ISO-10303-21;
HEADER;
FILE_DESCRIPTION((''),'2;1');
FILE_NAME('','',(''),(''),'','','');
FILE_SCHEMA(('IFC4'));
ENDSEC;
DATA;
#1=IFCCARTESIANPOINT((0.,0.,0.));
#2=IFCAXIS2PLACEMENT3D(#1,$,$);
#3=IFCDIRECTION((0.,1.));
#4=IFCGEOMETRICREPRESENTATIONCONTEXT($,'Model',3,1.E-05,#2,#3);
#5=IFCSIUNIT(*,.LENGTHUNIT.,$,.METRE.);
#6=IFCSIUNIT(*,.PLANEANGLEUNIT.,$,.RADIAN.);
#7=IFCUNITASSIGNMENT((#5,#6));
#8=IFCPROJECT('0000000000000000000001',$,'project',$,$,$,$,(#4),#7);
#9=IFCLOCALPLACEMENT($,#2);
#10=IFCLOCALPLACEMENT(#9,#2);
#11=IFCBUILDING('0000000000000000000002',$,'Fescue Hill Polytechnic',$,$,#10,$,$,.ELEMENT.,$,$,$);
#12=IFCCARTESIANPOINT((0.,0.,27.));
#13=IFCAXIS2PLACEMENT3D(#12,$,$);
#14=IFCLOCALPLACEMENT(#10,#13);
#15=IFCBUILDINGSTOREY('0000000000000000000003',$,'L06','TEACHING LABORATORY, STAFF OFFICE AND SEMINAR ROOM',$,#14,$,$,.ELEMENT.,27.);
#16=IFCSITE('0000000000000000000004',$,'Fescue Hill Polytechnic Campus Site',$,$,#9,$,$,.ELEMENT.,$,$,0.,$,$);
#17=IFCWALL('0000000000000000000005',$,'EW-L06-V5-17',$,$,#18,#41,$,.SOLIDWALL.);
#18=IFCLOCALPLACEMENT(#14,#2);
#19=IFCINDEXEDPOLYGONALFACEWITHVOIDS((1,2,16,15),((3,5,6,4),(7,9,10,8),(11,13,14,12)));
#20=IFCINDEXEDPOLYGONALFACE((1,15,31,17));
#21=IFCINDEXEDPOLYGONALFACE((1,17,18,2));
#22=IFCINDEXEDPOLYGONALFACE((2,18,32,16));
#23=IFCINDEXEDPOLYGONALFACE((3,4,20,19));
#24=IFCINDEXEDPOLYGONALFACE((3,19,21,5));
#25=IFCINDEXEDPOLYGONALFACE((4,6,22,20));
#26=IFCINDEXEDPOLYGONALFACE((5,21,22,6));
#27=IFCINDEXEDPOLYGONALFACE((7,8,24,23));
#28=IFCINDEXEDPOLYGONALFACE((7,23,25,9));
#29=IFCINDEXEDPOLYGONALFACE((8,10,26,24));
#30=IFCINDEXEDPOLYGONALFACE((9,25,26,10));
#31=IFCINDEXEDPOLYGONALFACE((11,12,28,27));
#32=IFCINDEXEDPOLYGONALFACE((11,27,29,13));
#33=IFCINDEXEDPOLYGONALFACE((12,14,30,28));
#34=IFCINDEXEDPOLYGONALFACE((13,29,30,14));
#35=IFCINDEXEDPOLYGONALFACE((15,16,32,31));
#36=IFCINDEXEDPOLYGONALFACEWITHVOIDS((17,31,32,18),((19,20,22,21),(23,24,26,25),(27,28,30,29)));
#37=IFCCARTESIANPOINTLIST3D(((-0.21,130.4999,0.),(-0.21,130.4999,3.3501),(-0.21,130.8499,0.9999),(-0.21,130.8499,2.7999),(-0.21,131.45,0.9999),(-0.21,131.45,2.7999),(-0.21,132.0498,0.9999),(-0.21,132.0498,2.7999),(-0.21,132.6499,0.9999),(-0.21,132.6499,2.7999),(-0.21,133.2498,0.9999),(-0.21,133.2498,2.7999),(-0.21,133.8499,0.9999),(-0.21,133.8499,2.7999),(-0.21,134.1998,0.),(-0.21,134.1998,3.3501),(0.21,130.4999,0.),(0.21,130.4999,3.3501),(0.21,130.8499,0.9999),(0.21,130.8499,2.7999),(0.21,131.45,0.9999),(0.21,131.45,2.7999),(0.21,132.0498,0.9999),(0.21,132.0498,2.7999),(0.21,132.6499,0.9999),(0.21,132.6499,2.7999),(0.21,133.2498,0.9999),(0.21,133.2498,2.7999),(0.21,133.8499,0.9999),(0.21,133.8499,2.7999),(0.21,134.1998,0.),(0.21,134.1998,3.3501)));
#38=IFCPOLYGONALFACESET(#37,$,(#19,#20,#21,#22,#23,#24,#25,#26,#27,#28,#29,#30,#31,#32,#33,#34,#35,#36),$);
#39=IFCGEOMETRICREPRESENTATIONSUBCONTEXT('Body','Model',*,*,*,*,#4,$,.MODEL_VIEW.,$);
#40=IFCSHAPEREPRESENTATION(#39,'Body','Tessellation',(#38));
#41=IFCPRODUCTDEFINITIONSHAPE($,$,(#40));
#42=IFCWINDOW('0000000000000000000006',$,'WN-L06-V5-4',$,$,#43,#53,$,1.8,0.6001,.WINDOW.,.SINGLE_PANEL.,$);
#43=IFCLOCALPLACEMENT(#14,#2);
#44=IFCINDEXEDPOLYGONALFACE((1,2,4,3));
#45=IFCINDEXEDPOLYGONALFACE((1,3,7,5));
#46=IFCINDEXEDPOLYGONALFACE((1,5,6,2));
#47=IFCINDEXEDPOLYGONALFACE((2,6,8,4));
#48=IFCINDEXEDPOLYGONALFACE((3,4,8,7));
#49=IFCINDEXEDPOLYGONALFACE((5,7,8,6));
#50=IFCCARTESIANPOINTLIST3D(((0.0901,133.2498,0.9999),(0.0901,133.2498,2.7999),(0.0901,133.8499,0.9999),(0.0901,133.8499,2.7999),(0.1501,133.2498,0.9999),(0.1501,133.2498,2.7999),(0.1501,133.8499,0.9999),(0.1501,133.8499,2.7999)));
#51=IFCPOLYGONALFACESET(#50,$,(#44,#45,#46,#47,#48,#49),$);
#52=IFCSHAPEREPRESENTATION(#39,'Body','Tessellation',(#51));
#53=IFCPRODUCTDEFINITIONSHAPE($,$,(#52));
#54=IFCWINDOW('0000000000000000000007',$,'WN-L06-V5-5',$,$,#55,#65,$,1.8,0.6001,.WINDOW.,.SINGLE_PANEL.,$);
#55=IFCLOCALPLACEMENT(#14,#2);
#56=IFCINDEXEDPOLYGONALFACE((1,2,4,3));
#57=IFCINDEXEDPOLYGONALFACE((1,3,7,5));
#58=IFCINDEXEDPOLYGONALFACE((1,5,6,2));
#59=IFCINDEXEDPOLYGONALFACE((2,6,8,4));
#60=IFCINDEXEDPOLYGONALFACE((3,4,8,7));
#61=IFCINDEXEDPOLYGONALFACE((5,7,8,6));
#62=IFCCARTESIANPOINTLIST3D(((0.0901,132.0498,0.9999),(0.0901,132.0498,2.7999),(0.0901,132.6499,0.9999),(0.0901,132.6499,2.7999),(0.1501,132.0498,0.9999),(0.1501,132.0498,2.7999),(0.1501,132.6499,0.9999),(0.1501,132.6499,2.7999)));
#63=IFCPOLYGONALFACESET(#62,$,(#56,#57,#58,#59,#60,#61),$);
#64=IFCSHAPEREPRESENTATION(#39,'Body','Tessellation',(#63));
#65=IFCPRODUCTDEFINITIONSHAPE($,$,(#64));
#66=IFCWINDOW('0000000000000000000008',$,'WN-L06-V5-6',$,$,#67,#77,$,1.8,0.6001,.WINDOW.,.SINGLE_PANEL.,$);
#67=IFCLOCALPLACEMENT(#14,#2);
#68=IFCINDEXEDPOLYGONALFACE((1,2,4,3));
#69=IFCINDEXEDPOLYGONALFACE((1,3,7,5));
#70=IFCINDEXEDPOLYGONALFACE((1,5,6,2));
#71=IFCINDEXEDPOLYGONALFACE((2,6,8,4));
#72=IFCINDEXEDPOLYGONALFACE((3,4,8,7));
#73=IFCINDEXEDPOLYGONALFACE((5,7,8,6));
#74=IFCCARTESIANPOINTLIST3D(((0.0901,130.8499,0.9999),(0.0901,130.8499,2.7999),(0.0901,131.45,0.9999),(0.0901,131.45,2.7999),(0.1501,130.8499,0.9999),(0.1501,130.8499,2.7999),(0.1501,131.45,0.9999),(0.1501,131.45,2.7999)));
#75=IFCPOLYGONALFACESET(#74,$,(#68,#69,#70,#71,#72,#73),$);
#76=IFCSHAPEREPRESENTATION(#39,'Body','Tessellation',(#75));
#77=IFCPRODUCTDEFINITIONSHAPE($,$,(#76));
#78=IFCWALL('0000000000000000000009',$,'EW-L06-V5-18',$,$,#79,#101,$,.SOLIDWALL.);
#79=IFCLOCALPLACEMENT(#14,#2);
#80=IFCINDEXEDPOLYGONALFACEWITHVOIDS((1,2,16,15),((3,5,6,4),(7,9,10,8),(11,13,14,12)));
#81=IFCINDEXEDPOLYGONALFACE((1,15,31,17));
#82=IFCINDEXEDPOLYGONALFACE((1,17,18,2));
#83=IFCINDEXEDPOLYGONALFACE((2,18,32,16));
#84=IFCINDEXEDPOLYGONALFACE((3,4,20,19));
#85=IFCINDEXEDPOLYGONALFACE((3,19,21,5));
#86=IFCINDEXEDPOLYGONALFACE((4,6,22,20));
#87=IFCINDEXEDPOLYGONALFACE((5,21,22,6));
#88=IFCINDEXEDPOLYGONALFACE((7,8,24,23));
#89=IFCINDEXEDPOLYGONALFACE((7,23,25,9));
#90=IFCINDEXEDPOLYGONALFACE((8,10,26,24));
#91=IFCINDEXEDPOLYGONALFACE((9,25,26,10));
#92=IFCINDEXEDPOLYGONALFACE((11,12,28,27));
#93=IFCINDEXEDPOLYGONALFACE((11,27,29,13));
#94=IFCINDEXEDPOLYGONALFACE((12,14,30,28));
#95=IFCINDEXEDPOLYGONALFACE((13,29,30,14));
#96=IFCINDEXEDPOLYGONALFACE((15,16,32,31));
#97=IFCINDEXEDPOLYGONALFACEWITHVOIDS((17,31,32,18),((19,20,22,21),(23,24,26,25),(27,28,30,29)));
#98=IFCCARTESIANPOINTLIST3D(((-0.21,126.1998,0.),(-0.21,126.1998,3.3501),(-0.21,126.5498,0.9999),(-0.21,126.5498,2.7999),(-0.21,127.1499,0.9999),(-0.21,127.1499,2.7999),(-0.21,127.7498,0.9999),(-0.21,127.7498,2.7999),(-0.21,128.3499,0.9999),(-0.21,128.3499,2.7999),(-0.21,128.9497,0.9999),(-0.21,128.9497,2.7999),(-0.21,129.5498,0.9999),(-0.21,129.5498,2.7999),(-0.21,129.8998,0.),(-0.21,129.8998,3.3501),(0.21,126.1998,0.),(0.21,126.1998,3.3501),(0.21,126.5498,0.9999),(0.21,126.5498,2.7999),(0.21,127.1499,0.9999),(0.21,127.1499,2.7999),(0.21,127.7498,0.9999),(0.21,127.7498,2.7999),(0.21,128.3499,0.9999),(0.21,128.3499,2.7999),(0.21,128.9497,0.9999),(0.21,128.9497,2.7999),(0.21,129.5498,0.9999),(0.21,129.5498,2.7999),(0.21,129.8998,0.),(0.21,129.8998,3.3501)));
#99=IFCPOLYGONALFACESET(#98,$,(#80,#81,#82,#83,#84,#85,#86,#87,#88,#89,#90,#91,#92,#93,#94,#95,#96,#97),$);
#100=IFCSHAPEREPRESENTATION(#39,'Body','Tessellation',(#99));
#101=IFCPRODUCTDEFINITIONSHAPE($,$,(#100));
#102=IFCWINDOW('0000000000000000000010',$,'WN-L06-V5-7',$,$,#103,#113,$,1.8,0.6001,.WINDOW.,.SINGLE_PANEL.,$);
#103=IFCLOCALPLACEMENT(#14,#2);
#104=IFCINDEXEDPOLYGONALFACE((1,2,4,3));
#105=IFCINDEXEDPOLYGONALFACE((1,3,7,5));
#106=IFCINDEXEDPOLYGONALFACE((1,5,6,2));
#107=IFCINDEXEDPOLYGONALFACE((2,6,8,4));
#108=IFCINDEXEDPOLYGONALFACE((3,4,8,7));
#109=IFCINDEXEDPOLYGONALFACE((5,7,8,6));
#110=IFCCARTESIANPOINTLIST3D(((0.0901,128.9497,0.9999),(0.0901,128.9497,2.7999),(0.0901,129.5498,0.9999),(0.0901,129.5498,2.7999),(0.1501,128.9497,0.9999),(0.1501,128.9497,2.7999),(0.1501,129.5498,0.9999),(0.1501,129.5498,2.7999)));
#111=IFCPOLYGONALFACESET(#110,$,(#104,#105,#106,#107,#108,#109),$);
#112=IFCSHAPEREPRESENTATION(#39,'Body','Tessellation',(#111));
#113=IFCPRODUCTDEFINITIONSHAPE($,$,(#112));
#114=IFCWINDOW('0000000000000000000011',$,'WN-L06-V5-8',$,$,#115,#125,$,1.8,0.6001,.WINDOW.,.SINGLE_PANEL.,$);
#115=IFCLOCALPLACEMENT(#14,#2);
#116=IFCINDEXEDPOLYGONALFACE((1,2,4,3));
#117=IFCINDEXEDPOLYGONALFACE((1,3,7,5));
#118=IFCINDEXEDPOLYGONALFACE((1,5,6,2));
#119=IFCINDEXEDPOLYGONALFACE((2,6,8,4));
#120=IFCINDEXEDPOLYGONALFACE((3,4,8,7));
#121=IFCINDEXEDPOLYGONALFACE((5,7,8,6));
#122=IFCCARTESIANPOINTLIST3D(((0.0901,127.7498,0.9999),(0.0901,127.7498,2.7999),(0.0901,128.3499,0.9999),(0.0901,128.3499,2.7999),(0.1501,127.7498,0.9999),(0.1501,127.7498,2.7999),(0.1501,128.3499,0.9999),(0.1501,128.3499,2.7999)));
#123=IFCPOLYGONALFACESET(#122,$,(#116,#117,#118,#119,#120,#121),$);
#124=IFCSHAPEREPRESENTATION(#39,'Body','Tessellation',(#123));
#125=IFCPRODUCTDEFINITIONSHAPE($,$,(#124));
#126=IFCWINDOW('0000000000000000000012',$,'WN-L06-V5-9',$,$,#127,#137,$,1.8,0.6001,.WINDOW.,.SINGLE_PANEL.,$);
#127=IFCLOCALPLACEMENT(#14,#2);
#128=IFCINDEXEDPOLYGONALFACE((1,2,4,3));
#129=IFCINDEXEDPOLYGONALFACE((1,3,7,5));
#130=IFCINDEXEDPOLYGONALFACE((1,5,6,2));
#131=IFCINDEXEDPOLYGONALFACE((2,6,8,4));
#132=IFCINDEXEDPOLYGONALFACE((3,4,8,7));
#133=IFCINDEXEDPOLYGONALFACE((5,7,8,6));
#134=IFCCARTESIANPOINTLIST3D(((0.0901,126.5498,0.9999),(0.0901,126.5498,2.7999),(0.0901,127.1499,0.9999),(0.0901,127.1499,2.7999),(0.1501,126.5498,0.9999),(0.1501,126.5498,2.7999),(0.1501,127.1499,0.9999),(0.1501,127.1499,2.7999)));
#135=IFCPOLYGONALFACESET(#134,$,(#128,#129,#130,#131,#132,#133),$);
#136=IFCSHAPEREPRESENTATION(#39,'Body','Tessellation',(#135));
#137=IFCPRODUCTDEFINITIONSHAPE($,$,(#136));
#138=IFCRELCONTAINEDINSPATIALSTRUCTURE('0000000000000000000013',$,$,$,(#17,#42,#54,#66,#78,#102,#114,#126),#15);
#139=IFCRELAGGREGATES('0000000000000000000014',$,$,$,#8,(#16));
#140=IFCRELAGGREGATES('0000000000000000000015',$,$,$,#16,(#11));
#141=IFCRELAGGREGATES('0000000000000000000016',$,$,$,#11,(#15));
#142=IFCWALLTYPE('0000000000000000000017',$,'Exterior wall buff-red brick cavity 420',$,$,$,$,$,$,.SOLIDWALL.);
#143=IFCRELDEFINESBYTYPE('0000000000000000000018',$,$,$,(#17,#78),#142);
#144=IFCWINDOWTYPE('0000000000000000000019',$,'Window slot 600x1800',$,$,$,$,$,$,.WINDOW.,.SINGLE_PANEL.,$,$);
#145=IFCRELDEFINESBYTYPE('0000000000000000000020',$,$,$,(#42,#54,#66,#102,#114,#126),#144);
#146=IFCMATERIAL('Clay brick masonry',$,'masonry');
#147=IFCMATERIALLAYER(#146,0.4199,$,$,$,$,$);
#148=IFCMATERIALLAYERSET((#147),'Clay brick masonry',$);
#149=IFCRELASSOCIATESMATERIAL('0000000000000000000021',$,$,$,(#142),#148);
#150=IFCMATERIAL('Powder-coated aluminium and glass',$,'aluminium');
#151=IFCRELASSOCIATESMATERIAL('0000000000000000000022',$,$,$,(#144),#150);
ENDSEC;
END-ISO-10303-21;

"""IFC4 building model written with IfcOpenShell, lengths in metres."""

from ifc_helpers import new_model, si_unit, direction, frame, frame_2d, origin, place, context, subcontext, project, spatial, rectangle, extrude, material, layer, layer_set, type_object, element, fill, save


model = new_model("IFC4")

# Units and contexts
model_context = context("Model", 3, precision=1e-05, world=origin(), true_north=direction((0.0, 1.0)))
body_context = subcontext(model_context, "Body", "Model", "MODEL_VIEW")
ifc_project = project(units=[si_unit("LENGTHUNIT", "METRE"), si_unit("PLANEANGLEUNIT", "RADIAN")], contexts=[model_context])

# Site, building, storey
site_placement = place(None, origin())
site = spatial("IfcSite", under=ifc_project, at=site_placement, Name="Fescue Hill Polytechnic Campus Site", CompositionType="ELEMENT", RefElevation=0.0)
building_placement = place(site_placement, origin())
building = spatial("IfcBuilding", under=site, at=building_placement, Name="Fescue Hill Polytechnic", CompositionType="ELEMENT")
storey_placement = place(building_placement, frame((0.0, 0.0, 27.0)))
storey = spatial("IfcBuildingStorey", under=building, at=storey_placement, Name="L06", Description="TEACHING LABORATORY, STAFF OFFICE AND SEMINAR ROOM", CompositionType="ELEMENT", Elevation=27.0)

# Shared definitions
ifc_material_1 = material(Name="Clay brick masonry", Category="masonry")

# Walls, openings, windows
ifc_layer_1 = layer(ifc_material_1, 0.4199)
ifc_layer_set_1 = layer_set([ifc_layer_1], Name="Clay brick masonry")
wall_type_1 = type_object("IfcWallType", Name="Exterior wall buff-red brick cavity 420", PredefinedType="SOLIDWALL", material=ifc_layer_set_1)
wall_1_placement = place(storey_placement, frame((0.0, 134.2, 0.0), z_axis=(0.0, 0.0, 1.0), x_axis=(0.0, -1.0, 0.0)))
wall_1 = element("IfcWall", 1, at=wall_1_placement, inside=storey, type_object=wall_type_1, Name="EW-L06-V5-17", PredefinedType="SOLIDWALL", context=body_context, shape_type="SweptSolid", body=[
    extrude(rectangle(XDim=3.7, YDim=0.4199, at=frame_2d((1.8501, 0.0))), origin(), (0.0, 0.0, 1.0), 3.3501),
])
opening_1_placement = place(wall_1_placement, frame((0.3501, 0.0, 1.0)))
opening_1 = element("IfcOpeningElement", 2, at=opening_1_placement, cuts=wall_1, PredefinedType="OPENING", context=body_context, shape_type="SweptSolid", body=[
    extrude(rectangle(XDim=0.6001, YDim=1.8, at=frame_2d((0.3, 0.8999))), frame((0.0, 0.22, 0.0), z_axis=(0.0, -1.0, 0.0), x_axis=(1.0, 0.0, 0.0)), (0.0, 0.0, 1.0), 0.4399),
])
opening_2_placement = place(wall_1_placement, frame((1.55, 0.0, 1.0)))
opening_2 = element("IfcOpeningElement", 3, at=opening_2_placement, cuts=wall_1, PredefinedType="OPENING", context=body_context, shape_type="SweptSolid", body=[
    extrude(rectangle(XDim=0.6001, YDim=1.8, at=frame_2d((0.3, 0.8999))), frame((0.0, 0.22, 0.0), z_axis=(0.0, -1.0, 0.0), x_axis=(1.0, 0.0, 0.0)), (0.0, 0.0, 1.0), 0.4399),
])
opening_3_placement = place(wall_1_placement, frame((2.75, 0.0, 1.0)))
opening_3 = element("IfcOpeningElement", 4, at=opening_3_placement, cuts=wall_1, PredefinedType="OPENING", context=body_context, shape_type="SweptSolid", body=[
    extrude(rectangle(XDim=0.6001, YDim=1.8, at=frame_2d((0.3, 0.8999))), frame((0.0, 0.22, 0.0), z_axis=(0.0, -1.0, 0.0), x_axis=(1.0, 0.0, 0.0)), (0.0, 0.0, 1.0), 0.4399),
])
ifc_material_2 = material(Name="Powder-coated aluminium and glass", Category="aluminium")
window_type = type_object("IfcWindowType", Name="Window slot 600x1800", PartitioningType="SINGLE_PANEL", PredefinedType="WINDOW", material=ifc_material_2)
window_1_placement = place(opening_1_placement, origin())
window_1 = element("IfcWindow", 5, at=window_1_placement, inside=storey, type_object=window_type, Name="WN-L06-V5-4", OverallHeight=1.8, OverallWidth=0.6001, PartitioningType="SINGLE_PANEL", PredefinedType="WINDOW", context=body_context, shape_type="SweptSolid", body=[
    extrude(rectangle(XDim=0.6001, YDim=1.8, at=frame_2d((0.3, 0.8999))), frame((0.0, 0.1501, 0.0), z_axis=(0.0, -1.0, 0.0), x_axis=(1.0, 0.0, 0.0)), (0.0, 0.0, 1.0), 0.0601),
])
fill(opening_1, window_1)
window_2_placement = place(opening_2_placement, origin())
window_2 = element("IfcWindow", 6, at=window_2_placement, inside=storey, type_object=window_type, Name="WN-L06-V5-5", OverallHeight=1.8, OverallWidth=0.6001, PartitioningType="SINGLE_PANEL", PredefinedType="WINDOW", context=body_context, shape_type="SweptSolid", body=[
    extrude(rectangle(XDim=0.6001, YDim=1.8, at=frame_2d((0.3, 0.8999))), frame((0.0, 0.1501, 0.0), z_axis=(0.0, -1.0, 0.0), x_axis=(1.0, 0.0, 0.0)), (0.0, 0.0, 1.0), 0.0601),
])
fill(opening_2, window_2)
window_3_placement = place(opening_3_placement, origin())
window_3 = element("IfcWindow", 7, at=window_3_placement, inside=storey, type_object=window_type, Name="WN-L06-V5-6", OverallHeight=1.8, OverallWidth=0.6001, PartitioningType="SINGLE_PANEL", PredefinedType="WINDOW", context=body_context, shape_type="SweptSolid", body=[
    extrude(rectangle(XDim=0.6001, YDim=1.8, at=frame_2d((0.3, 0.8999))), frame((0.0, 0.1501, 0.0), z_axis=(0.0, -1.0, 0.0), x_axis=(1.0, 0.0, 0.0)), (0.0, 0.0, 1.0), 0.0601),
])
fill(opening_3, window_3)
wall_2_placement = place(storey_placement, frame((0.0, 129.8999, 0.0), z_axis=(0.0, 0.0, 1.0), x_axis=(0.0, -1.0, 0.0)))
wall_2 = element("IfcWall", 8, at=wall_2_placement, inside=storey, type_object=wall_type_1, Name="EW-L06-V5-18", PredefinedType="SOLIDWALL", context=body_context, shape_type="SweptSolid", body=[
    extrude(rectangle(XDim=3.7, YDim=0.4199, at=frame_2d((1.8501, 0.0))), origin(), (0.0, 0.0, 1.0), 3.3501),
])
opening_4_placement = place(wall_2_placement, frame((0.3501, 0.0, 1.0)))
opening_4 = element("IfcOpeningElement", 9, at=opening_4_placement, cuts=wall_2, PredefinedType="OPENING", context=body_context, shape_type="SweptSolid", body=[
    extrude(rectangle(XDim=0.6001, YDim=1.8, at=frame_2d((0.3, 0.8999))), frame((0.0, 0.22, 0.0), z_axis=(0.0, -1.0, 0.0), x_axis=(1.0, 0.0, 0.0)), (0.0, 0.0, 1.0), 0.4399),
])
opening_5_placement = place(wall_2_placement, frame((1.55, 0.0, 1.0)))
opening_5 = element("IfcOpeningElement", 10, at=opening_5_placement, cuts=wall_2, PredefinedType="OPENING", context=body_context, shape_type="SweptSolid", body=[
    extrude(rectangle(XDim=0.6001, YDim=1.8, at=frame_2d((0.3, 0.8999))), frame((0.0, 0.22, 0.0), z_axis=(0.0, -1.0, 0.0), x_axis=(1.0, 0.0, 0.0)), (0.0, 0.0, 1.0), 0.4399),
])
opening_6_placement = place(wall_2_placement, frame((2.75, 0.0, 1.0)))
opening_6 = element("IfcOpeningElement", 11, at=opening_6_placement, cuts=wall_2, PredefinedType="OPENING", context=body_context, shape_type="SweptSolid", body=[
    extrude(rectangle(XDim=0.6001, YDim=1.8, at=frame_2d((0.3, 0.8999))), frame((0.0, 0.22, 0.0), z_axis=(0.0, -1.0, 0.0), x_axis=(1.0, 0.0, 0.0)), (0.0, 0.0, 1.0), 0.4399),
])
window_4_placement = place(opening_4_placement, origin())
window_4 = element("IfcWindow", 12, at=window_4_placement, inside=storey, type_object=window_type, Name="WN-L06-V5-7", OverallHeight=1.8, OverallWidth=0.6001, PartitioningType="SINGLE_PANEL", PredefinedType="WINDOW", context=body_context, shape_type="SweptSolid", body=[
    extrude(rectangle(XDim=0.6001, YDim=1.8, at=frame_2d((0.3, 0.8999))), frame((0.0, 0.1501, 0.0), z_axis=(0.0, -1.0, 0.0), x_axis=(1.0, 0.0, 0.0)), (0.0, 0.0, 1.0), 0.0601),
])
fill(opening_4, window_4)
window_5_placement = place(opening_5_placement, origin())
window_5 = element("IfcWindow", 13, at=window_5_placement, inside=storey, type_object=window_type, Name="WN-L06-V5-8", OverallHeight=1.8, OverallWidth=0.6001, PartitioningType="SINGLE_PANEL", PredefinedType="WINDOW", context=body_context, shape_type="SweptSolid", body=[
    extrude(rectangle(XDim=0.6001, YDim=1.8, at=frame_2d((0.3, 0.8999))), frame((0.0, 0.1501, 0.0), z_axis=(0.0, -1.0, 0.0), x_axis=(1.0, 0.0, 0.0)), (0.0, 0.0, 1.0), 0.0601),
])
fill(opening_5, window_5)
window_6_placement = place(opening_6_placement, origin())
window_6 = element("IfcWindow", 14, at=window_6_placement, inside=storey, type_object=window_type, Name="WN-L06-V5-9", OverallHeight=1.8, OverallWidth=0.6001, PartitioningType="SINGLE_PANEL", PredefinedType="WINDOW", context=body_context, shape_type="SweptSolid", body=[
    extrude(rectangle(XDim=0.6001, YDim=1.8, at=frame_2d((0.3, 0.8999))), frame((0.0, 0.1501, 0.0), z_axis=(0.0, -1.0, 0.0), x_axis=(1.0, 0.0, 0.0)), (0.0, 0.0, 1.0), 0.0601),
])
fill(opening_6, window_6)

save(model, "model.ifc")
